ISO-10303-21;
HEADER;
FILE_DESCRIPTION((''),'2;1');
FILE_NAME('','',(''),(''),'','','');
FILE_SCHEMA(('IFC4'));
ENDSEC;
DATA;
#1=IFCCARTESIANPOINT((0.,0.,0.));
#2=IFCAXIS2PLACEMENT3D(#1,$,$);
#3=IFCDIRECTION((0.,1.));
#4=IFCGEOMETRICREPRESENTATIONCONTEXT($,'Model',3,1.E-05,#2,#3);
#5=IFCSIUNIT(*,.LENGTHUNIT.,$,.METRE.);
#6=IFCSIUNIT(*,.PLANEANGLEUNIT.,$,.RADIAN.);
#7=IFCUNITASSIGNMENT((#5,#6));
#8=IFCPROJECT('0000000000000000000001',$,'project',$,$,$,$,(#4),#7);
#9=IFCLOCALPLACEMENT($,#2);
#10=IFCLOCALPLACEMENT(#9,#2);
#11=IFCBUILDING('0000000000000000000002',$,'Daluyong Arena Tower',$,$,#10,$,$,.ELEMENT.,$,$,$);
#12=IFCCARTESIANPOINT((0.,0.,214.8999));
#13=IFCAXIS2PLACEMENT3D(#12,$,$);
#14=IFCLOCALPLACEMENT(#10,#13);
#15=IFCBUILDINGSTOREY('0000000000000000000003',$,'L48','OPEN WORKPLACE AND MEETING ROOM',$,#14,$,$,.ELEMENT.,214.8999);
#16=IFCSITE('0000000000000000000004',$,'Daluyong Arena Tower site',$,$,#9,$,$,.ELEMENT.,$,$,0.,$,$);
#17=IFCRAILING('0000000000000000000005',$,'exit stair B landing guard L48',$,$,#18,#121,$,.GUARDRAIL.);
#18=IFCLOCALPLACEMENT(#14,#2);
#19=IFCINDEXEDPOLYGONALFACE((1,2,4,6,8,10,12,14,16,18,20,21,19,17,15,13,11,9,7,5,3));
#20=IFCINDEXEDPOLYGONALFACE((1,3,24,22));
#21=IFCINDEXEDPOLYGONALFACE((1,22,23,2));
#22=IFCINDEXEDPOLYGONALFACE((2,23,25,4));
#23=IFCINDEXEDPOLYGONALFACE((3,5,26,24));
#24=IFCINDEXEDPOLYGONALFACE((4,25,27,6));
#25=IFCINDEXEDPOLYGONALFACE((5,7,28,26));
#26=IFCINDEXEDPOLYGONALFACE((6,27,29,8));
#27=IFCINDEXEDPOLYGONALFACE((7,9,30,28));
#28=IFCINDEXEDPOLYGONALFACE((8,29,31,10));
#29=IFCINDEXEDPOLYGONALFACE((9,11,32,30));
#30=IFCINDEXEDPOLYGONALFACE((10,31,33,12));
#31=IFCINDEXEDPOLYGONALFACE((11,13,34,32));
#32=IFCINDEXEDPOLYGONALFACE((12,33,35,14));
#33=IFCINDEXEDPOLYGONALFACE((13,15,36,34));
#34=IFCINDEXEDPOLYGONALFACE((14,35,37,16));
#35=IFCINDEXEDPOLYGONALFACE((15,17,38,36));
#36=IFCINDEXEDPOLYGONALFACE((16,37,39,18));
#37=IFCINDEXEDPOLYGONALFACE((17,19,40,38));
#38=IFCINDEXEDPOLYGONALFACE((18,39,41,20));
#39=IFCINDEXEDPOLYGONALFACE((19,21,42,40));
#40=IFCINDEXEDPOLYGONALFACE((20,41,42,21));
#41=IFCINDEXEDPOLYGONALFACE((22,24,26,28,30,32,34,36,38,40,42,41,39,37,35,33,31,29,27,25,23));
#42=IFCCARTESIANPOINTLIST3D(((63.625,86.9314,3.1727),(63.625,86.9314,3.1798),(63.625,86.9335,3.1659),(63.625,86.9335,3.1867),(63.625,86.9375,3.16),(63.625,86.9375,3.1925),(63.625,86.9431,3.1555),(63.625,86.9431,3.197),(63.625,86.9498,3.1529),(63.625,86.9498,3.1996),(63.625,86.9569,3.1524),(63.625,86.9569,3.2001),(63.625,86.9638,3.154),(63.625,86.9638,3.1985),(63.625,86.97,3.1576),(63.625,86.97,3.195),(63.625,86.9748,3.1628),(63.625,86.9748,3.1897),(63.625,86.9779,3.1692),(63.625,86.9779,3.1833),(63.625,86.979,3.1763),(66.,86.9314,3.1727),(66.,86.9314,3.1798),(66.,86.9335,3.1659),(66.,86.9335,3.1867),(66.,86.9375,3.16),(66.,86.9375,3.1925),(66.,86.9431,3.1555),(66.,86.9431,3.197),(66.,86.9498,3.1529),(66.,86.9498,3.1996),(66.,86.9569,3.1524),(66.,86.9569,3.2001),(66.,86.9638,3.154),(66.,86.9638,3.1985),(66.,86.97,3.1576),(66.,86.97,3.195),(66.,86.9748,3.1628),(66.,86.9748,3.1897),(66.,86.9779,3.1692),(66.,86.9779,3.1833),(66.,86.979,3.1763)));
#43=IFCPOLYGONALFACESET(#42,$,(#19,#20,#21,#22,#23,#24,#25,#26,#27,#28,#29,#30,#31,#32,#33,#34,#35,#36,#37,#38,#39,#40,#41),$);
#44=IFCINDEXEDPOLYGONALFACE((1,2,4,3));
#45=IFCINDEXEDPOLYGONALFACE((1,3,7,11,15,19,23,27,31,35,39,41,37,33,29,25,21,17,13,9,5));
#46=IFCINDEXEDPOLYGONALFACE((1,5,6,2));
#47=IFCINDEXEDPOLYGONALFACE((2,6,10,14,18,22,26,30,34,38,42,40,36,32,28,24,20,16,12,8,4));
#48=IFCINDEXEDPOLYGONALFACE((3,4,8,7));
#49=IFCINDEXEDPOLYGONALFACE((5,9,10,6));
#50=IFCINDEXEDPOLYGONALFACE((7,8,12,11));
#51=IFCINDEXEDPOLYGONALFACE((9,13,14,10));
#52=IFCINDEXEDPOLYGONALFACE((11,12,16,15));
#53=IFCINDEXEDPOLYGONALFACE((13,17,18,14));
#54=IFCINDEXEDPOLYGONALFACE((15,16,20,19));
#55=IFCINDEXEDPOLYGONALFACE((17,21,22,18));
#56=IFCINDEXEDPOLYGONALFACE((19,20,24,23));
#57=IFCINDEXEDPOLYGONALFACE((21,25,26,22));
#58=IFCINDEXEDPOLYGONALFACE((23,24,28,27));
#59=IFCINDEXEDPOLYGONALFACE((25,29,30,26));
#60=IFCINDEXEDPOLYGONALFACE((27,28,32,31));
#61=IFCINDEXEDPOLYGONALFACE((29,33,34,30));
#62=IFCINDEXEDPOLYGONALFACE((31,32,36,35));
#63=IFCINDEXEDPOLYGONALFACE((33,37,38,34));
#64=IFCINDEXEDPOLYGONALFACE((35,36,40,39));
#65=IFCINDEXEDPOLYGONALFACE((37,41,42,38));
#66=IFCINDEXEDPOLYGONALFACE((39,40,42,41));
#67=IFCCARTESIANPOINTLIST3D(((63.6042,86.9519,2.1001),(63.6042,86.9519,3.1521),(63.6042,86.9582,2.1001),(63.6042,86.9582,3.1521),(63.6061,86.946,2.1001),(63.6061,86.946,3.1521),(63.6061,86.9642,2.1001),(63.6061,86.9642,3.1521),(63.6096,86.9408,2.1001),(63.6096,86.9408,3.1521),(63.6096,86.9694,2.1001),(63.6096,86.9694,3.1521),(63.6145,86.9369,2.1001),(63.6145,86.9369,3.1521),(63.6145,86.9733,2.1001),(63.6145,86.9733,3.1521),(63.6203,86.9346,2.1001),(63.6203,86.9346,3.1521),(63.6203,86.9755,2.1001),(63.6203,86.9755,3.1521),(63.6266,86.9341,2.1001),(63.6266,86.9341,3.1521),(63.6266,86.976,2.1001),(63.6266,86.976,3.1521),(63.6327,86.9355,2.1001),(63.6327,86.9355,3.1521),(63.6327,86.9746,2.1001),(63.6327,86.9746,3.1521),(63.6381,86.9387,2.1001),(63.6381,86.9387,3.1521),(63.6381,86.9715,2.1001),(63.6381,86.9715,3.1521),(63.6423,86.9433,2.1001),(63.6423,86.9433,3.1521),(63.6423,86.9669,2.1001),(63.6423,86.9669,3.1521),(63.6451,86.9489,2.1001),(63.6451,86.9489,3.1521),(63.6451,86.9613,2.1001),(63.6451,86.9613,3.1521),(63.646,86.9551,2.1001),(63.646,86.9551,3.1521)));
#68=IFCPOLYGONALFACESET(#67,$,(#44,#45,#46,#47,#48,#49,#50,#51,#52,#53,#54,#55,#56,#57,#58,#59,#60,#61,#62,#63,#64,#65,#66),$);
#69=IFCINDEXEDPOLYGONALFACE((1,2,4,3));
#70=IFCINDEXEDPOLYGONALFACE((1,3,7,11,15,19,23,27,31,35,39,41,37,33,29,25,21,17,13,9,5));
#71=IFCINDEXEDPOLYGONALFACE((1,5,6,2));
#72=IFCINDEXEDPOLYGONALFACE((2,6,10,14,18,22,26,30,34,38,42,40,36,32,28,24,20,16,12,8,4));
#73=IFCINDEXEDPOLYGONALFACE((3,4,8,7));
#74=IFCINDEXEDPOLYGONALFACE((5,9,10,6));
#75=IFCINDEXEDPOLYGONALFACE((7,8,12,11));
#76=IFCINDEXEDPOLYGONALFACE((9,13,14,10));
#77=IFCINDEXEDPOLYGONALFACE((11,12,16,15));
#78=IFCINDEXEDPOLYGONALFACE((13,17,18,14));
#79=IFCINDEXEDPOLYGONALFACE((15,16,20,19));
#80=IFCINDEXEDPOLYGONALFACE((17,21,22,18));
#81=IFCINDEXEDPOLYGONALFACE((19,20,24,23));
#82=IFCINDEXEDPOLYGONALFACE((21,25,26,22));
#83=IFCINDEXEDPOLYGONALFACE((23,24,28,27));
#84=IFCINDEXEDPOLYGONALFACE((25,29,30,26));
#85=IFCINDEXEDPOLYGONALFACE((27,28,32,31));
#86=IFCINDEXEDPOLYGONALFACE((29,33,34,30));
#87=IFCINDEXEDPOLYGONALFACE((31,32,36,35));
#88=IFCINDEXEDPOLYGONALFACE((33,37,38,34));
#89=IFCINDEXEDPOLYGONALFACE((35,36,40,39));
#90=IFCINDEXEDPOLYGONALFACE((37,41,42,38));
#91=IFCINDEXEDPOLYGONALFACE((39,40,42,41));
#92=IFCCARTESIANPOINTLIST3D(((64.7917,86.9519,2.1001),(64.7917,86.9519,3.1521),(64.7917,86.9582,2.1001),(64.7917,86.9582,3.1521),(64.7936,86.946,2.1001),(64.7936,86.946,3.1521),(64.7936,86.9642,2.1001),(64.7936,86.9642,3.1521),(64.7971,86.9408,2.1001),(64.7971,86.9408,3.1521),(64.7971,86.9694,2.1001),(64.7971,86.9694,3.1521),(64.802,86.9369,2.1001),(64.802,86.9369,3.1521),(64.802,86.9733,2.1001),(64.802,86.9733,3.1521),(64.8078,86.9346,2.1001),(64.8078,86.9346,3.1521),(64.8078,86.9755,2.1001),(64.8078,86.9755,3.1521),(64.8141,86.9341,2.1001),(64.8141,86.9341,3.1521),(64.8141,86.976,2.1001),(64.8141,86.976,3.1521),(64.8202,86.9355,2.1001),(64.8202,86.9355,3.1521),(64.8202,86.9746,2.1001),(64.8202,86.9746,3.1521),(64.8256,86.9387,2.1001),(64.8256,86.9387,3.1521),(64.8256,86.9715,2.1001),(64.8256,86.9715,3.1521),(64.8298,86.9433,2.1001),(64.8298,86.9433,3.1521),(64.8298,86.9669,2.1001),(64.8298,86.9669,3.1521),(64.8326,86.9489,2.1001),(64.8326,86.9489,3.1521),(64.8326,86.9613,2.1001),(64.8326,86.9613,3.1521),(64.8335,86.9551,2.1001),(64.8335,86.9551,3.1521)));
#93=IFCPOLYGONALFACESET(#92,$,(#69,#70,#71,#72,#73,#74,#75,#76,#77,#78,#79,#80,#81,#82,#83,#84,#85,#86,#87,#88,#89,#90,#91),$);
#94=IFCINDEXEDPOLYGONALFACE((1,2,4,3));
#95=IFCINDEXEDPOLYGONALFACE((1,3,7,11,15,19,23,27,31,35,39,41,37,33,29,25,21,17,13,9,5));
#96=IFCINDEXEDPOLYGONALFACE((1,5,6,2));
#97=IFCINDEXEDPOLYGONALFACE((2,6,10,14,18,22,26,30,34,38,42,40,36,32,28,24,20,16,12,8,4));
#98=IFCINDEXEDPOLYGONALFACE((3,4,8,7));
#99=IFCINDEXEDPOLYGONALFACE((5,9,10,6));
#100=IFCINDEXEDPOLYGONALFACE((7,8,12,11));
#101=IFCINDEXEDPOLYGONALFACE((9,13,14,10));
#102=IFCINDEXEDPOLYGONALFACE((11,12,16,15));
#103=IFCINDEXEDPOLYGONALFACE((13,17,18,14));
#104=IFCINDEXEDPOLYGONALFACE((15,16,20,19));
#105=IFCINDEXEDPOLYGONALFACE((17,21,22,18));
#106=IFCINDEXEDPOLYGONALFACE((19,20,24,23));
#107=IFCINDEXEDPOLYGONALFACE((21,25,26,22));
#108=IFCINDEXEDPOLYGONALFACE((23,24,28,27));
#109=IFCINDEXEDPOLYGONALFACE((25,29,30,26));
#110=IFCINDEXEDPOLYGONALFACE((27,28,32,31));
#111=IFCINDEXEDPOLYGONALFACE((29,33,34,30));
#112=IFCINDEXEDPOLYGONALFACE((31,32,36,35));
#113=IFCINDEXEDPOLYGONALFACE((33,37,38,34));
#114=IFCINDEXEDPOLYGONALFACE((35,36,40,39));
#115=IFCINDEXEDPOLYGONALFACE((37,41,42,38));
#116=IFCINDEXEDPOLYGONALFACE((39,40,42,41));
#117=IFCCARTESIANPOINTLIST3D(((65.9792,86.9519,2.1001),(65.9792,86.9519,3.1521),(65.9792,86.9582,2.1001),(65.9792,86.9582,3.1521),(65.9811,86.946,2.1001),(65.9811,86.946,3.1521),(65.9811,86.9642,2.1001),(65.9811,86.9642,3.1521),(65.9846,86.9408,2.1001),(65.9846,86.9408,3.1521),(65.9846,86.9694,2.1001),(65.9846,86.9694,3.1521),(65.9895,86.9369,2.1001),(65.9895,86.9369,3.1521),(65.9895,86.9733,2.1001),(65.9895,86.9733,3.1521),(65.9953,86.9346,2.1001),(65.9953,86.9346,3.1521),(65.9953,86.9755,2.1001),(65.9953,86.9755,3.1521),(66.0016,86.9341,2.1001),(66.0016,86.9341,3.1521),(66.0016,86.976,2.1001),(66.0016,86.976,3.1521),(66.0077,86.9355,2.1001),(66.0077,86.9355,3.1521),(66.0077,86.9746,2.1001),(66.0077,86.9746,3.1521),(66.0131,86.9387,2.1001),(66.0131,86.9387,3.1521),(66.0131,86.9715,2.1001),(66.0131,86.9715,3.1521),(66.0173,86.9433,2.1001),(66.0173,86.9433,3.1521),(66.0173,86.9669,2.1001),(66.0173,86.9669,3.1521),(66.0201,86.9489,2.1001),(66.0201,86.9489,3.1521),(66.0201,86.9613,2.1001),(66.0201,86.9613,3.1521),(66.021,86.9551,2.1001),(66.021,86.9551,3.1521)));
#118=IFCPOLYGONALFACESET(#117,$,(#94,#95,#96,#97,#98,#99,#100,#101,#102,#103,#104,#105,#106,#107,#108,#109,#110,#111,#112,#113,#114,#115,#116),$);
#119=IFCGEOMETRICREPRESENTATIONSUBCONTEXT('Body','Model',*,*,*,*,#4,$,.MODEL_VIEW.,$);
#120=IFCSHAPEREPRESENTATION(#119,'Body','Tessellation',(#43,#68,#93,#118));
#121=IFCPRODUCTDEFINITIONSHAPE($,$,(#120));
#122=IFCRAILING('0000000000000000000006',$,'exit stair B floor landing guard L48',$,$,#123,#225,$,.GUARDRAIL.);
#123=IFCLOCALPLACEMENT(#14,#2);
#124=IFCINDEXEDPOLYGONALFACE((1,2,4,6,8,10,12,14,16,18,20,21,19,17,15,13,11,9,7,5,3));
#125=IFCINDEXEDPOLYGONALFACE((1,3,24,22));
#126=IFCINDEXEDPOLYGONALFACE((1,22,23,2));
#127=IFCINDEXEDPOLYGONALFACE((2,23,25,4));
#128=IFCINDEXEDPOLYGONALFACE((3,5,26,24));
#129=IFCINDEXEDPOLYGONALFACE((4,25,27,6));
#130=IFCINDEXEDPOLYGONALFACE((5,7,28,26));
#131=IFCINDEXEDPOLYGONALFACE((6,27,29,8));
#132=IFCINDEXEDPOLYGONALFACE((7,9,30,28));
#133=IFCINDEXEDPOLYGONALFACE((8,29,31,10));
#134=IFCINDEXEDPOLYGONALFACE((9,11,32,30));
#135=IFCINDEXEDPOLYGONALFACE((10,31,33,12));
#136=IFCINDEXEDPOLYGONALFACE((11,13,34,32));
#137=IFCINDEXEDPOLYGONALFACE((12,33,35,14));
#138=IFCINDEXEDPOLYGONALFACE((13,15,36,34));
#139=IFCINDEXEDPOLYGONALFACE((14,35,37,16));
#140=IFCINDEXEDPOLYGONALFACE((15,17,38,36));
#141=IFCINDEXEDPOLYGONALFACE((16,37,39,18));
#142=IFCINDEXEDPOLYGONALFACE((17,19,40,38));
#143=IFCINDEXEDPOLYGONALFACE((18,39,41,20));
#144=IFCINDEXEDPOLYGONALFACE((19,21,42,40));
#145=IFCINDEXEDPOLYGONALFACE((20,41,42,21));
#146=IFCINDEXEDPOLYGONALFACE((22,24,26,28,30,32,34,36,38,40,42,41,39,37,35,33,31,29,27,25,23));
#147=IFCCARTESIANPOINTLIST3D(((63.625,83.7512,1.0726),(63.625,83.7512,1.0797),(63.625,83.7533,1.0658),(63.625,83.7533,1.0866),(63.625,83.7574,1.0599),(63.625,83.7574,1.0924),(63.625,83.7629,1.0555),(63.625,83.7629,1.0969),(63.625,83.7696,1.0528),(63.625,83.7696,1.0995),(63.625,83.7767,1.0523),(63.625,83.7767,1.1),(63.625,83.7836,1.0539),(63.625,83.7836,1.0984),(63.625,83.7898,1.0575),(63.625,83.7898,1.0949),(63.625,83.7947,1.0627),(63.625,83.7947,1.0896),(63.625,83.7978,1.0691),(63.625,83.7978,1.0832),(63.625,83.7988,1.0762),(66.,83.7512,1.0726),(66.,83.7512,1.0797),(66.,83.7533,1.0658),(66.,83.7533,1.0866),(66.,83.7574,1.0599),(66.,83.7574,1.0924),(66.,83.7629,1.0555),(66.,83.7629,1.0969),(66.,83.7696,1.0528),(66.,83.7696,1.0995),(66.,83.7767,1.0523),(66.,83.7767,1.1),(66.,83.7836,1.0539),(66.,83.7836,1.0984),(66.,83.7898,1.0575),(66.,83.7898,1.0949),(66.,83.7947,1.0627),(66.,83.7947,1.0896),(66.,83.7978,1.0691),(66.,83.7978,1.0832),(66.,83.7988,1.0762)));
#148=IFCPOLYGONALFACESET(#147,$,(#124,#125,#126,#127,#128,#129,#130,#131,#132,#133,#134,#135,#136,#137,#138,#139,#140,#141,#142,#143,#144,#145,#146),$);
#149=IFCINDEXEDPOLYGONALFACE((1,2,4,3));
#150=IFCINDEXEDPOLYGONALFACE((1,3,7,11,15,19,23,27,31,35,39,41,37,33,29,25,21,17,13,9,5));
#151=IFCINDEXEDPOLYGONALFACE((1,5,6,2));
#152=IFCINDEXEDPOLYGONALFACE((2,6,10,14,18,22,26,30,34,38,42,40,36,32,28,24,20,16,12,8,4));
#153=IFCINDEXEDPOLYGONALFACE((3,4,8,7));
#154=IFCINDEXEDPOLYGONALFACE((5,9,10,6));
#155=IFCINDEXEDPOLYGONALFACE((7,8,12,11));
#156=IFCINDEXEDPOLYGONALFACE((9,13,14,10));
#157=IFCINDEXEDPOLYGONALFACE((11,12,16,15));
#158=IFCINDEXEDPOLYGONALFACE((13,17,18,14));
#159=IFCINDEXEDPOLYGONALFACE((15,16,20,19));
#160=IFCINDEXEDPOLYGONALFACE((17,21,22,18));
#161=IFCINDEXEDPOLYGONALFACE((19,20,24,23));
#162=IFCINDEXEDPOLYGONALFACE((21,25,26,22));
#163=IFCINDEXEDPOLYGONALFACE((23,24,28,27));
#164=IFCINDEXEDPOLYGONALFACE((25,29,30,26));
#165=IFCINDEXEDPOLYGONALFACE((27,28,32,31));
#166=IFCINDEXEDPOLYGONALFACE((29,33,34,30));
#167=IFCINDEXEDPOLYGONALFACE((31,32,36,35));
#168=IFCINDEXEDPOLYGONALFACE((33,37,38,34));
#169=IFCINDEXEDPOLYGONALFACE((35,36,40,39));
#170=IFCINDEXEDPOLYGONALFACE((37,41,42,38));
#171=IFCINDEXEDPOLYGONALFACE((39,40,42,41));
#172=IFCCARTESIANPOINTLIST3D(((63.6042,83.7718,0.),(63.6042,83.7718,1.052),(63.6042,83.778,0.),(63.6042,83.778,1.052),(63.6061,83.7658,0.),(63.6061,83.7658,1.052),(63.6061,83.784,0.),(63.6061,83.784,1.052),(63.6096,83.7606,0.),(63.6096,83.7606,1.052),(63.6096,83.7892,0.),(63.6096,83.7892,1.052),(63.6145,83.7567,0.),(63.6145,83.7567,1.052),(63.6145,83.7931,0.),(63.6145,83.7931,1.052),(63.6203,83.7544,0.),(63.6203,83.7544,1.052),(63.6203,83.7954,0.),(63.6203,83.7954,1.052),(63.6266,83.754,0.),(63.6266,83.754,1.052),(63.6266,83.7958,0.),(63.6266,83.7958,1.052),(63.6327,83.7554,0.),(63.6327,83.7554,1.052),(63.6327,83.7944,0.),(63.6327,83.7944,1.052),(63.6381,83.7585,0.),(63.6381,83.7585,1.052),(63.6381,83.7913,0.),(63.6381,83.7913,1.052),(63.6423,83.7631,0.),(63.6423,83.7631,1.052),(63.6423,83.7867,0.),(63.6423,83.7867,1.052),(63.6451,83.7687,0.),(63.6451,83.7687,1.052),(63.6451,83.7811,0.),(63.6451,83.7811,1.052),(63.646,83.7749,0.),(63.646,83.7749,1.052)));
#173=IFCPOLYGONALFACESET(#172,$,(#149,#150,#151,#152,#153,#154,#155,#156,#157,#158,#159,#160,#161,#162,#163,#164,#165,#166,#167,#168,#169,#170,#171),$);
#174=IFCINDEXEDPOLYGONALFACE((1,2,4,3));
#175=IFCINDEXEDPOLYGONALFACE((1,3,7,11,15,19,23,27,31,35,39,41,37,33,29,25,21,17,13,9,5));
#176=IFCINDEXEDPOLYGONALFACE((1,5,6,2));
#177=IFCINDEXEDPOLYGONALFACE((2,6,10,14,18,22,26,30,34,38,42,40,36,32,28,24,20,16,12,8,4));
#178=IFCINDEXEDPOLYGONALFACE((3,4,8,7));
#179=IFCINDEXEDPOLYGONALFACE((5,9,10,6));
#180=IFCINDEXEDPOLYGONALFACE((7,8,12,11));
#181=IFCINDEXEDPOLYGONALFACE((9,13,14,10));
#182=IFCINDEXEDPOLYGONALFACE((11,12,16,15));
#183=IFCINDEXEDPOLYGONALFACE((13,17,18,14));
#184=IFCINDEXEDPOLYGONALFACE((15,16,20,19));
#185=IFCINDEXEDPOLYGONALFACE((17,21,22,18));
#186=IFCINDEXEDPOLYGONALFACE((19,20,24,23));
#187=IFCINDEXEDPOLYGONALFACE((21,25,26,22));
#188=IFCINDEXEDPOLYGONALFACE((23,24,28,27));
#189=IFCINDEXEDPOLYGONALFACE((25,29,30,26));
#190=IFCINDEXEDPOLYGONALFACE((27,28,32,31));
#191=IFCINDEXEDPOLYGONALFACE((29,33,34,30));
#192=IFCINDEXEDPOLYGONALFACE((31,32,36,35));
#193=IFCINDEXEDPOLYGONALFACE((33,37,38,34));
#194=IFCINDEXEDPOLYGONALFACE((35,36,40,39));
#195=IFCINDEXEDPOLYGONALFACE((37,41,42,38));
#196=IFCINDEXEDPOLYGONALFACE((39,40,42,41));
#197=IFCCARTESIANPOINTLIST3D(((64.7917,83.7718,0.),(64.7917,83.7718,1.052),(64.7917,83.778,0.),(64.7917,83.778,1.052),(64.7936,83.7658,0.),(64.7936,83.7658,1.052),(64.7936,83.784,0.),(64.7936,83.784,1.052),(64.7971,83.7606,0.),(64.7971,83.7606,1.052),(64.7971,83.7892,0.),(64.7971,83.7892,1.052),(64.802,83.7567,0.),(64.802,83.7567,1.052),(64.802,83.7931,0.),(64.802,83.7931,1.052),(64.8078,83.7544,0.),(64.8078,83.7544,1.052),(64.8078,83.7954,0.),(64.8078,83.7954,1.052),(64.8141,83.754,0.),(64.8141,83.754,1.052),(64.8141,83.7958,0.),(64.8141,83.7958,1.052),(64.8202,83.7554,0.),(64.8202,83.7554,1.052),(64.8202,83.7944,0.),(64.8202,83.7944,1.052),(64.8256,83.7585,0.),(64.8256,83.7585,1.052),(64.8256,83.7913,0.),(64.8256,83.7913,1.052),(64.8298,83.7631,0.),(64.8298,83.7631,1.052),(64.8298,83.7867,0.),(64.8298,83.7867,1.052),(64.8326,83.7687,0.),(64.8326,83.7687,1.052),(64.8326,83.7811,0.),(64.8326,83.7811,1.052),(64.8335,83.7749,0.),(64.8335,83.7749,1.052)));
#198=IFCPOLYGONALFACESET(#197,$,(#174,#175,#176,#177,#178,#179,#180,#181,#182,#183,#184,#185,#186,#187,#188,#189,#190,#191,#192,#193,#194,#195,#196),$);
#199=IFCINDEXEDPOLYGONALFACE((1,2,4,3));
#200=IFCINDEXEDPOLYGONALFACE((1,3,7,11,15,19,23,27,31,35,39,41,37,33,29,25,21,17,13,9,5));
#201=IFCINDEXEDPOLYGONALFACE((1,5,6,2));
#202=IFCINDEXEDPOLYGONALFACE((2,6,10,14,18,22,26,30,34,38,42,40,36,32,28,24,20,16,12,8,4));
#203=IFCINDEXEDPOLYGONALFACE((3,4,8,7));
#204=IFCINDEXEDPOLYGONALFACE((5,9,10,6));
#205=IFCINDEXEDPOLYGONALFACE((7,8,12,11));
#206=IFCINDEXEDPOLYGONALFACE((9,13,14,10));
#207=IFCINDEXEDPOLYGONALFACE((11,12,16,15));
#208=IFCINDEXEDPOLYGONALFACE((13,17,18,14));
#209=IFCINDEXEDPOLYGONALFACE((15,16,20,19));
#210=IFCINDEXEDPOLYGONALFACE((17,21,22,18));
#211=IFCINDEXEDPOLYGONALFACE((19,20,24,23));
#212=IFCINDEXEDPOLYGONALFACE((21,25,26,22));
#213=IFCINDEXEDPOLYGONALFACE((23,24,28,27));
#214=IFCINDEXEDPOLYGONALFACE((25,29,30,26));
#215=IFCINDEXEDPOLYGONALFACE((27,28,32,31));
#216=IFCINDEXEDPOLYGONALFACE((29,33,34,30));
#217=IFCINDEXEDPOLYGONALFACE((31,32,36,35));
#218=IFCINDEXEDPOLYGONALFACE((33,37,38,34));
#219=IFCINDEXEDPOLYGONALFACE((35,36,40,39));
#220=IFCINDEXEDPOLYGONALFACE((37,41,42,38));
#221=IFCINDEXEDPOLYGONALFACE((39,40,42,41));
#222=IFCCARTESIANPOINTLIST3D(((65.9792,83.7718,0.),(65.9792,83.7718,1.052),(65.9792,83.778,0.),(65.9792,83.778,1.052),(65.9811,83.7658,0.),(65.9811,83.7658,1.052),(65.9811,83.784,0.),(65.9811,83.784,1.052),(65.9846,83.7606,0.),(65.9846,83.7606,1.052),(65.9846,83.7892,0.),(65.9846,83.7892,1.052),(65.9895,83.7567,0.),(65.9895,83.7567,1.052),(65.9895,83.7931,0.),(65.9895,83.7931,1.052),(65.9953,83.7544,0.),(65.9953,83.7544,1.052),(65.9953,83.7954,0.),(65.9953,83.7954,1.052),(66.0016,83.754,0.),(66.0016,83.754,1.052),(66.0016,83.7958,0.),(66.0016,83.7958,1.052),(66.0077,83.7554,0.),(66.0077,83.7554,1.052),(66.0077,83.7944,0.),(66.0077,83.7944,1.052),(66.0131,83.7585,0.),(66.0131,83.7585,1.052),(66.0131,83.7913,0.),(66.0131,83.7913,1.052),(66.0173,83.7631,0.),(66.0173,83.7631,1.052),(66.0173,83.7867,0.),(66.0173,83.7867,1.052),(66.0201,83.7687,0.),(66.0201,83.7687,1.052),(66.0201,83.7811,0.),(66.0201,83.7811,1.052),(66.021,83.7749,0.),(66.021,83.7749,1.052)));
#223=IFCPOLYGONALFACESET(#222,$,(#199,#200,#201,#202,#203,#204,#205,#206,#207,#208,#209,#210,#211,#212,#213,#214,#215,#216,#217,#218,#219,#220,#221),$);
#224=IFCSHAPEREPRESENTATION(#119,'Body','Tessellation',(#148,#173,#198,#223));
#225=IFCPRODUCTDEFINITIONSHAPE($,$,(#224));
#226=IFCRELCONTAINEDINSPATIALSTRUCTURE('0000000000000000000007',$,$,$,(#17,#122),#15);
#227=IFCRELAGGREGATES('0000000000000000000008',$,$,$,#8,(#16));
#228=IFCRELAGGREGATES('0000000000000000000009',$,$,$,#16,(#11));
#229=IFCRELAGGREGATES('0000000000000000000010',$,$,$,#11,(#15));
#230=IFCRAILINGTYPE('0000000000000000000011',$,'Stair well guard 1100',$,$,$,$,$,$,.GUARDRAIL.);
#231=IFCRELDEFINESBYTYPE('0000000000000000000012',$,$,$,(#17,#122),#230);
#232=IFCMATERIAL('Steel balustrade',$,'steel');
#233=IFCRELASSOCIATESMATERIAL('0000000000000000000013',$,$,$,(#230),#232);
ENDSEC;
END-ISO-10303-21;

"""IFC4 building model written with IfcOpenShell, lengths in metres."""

from ifc_helpers import new_model, si_unit, direction, frame, origin, origin_2d, place, context, subcontext, project, spatial, circle, extrude, material, type_object, element, save


model = new_model("IFC4")

# Units and contexts
model_context = context("Model", 3, precision=1e-05, world=origin(), true_north=direction((0.0, 1.0)))
body_context = subcontext(model_context, "Body", "Model", "MODEL_VIEW")
ifc_project = project(units=[si_unit("LENGTHUNIT", "METRE"), si_unit("PLANEANGLEUNIT", "RADIAN")], contexts=[model_context])

# Site, building, storey
site_placement = place(None, origin())
site = spatial("IfcSite", under=ifc_project, at=site_placement, Name="Daluyong Arena Tower site", CompositionType="ELEMENT", RefElevation=0.0)
building_placement = place(site_placement, origin())
building = spatial("IfcBuilding", under=site, at=building_placement, Name="Daluyong Arena Tower", CompositionType="ELEMENT")
storey_placement = place(building_placement, frame((0.0, 0.0, 214.8999)))
storey = spatial("IfcBuildingStorey", under=building, at=storey_placement, Name="L48", Description="OPEN WORKPLACE AND MEETING ROOM", CompositionType="ELEMENT", Elevation=214.8999)

# Railings
ifc_material_1 = material(Name="Steel balustrade", Category="steel")
railing_type_1 = type_object("IfcRailingType", Name="Stair well guard 1100", PredefinedType="GUARDRAIL", material=ifc_material_1)
for number, where, name in (
    (1, (63.625, 86.9551, 2.1001), "exit stair B landing guard L48"),
    (2, (63.625, 83.7749, 0.0), "exit stair B floor landing guard L48"),
):
    element("IfcRailing", number, at=place(storey_placement, frame(where)), inside=storey, type_object=railing_type_1, Name=name, PredefinedType="GUARDRAIL", context=body_context, shape_type="SweptSolid", body=[
        extrude(circle(Radius=0.0239, at=origin_2d()), frame((0.0, 0.0, 1.0762), z_axis=(1.0, 0.0, 0.0), x_axis=(0.0, 1.0, 0.0)), (0.0, 0.0, 1.0), 2.375),
        extrude(circle(Radius=0.021, at=origin_2d()), origin(), (0.0, 0.0, 1.0), 1.052),
        extrude(circle(Radius=0.021, at=origin_2d()), frame((1.1875, 0.0, 0.0)), (0.0, 0.0, 1.0), 1.052),
        extrude(circle(Radius=0.021, at=origin_2d()), frame((2.375, 0.0, 0.0)), (0.0, 0.0, 1.0), 1.052),
    ])

save(model, "model.ifc")
